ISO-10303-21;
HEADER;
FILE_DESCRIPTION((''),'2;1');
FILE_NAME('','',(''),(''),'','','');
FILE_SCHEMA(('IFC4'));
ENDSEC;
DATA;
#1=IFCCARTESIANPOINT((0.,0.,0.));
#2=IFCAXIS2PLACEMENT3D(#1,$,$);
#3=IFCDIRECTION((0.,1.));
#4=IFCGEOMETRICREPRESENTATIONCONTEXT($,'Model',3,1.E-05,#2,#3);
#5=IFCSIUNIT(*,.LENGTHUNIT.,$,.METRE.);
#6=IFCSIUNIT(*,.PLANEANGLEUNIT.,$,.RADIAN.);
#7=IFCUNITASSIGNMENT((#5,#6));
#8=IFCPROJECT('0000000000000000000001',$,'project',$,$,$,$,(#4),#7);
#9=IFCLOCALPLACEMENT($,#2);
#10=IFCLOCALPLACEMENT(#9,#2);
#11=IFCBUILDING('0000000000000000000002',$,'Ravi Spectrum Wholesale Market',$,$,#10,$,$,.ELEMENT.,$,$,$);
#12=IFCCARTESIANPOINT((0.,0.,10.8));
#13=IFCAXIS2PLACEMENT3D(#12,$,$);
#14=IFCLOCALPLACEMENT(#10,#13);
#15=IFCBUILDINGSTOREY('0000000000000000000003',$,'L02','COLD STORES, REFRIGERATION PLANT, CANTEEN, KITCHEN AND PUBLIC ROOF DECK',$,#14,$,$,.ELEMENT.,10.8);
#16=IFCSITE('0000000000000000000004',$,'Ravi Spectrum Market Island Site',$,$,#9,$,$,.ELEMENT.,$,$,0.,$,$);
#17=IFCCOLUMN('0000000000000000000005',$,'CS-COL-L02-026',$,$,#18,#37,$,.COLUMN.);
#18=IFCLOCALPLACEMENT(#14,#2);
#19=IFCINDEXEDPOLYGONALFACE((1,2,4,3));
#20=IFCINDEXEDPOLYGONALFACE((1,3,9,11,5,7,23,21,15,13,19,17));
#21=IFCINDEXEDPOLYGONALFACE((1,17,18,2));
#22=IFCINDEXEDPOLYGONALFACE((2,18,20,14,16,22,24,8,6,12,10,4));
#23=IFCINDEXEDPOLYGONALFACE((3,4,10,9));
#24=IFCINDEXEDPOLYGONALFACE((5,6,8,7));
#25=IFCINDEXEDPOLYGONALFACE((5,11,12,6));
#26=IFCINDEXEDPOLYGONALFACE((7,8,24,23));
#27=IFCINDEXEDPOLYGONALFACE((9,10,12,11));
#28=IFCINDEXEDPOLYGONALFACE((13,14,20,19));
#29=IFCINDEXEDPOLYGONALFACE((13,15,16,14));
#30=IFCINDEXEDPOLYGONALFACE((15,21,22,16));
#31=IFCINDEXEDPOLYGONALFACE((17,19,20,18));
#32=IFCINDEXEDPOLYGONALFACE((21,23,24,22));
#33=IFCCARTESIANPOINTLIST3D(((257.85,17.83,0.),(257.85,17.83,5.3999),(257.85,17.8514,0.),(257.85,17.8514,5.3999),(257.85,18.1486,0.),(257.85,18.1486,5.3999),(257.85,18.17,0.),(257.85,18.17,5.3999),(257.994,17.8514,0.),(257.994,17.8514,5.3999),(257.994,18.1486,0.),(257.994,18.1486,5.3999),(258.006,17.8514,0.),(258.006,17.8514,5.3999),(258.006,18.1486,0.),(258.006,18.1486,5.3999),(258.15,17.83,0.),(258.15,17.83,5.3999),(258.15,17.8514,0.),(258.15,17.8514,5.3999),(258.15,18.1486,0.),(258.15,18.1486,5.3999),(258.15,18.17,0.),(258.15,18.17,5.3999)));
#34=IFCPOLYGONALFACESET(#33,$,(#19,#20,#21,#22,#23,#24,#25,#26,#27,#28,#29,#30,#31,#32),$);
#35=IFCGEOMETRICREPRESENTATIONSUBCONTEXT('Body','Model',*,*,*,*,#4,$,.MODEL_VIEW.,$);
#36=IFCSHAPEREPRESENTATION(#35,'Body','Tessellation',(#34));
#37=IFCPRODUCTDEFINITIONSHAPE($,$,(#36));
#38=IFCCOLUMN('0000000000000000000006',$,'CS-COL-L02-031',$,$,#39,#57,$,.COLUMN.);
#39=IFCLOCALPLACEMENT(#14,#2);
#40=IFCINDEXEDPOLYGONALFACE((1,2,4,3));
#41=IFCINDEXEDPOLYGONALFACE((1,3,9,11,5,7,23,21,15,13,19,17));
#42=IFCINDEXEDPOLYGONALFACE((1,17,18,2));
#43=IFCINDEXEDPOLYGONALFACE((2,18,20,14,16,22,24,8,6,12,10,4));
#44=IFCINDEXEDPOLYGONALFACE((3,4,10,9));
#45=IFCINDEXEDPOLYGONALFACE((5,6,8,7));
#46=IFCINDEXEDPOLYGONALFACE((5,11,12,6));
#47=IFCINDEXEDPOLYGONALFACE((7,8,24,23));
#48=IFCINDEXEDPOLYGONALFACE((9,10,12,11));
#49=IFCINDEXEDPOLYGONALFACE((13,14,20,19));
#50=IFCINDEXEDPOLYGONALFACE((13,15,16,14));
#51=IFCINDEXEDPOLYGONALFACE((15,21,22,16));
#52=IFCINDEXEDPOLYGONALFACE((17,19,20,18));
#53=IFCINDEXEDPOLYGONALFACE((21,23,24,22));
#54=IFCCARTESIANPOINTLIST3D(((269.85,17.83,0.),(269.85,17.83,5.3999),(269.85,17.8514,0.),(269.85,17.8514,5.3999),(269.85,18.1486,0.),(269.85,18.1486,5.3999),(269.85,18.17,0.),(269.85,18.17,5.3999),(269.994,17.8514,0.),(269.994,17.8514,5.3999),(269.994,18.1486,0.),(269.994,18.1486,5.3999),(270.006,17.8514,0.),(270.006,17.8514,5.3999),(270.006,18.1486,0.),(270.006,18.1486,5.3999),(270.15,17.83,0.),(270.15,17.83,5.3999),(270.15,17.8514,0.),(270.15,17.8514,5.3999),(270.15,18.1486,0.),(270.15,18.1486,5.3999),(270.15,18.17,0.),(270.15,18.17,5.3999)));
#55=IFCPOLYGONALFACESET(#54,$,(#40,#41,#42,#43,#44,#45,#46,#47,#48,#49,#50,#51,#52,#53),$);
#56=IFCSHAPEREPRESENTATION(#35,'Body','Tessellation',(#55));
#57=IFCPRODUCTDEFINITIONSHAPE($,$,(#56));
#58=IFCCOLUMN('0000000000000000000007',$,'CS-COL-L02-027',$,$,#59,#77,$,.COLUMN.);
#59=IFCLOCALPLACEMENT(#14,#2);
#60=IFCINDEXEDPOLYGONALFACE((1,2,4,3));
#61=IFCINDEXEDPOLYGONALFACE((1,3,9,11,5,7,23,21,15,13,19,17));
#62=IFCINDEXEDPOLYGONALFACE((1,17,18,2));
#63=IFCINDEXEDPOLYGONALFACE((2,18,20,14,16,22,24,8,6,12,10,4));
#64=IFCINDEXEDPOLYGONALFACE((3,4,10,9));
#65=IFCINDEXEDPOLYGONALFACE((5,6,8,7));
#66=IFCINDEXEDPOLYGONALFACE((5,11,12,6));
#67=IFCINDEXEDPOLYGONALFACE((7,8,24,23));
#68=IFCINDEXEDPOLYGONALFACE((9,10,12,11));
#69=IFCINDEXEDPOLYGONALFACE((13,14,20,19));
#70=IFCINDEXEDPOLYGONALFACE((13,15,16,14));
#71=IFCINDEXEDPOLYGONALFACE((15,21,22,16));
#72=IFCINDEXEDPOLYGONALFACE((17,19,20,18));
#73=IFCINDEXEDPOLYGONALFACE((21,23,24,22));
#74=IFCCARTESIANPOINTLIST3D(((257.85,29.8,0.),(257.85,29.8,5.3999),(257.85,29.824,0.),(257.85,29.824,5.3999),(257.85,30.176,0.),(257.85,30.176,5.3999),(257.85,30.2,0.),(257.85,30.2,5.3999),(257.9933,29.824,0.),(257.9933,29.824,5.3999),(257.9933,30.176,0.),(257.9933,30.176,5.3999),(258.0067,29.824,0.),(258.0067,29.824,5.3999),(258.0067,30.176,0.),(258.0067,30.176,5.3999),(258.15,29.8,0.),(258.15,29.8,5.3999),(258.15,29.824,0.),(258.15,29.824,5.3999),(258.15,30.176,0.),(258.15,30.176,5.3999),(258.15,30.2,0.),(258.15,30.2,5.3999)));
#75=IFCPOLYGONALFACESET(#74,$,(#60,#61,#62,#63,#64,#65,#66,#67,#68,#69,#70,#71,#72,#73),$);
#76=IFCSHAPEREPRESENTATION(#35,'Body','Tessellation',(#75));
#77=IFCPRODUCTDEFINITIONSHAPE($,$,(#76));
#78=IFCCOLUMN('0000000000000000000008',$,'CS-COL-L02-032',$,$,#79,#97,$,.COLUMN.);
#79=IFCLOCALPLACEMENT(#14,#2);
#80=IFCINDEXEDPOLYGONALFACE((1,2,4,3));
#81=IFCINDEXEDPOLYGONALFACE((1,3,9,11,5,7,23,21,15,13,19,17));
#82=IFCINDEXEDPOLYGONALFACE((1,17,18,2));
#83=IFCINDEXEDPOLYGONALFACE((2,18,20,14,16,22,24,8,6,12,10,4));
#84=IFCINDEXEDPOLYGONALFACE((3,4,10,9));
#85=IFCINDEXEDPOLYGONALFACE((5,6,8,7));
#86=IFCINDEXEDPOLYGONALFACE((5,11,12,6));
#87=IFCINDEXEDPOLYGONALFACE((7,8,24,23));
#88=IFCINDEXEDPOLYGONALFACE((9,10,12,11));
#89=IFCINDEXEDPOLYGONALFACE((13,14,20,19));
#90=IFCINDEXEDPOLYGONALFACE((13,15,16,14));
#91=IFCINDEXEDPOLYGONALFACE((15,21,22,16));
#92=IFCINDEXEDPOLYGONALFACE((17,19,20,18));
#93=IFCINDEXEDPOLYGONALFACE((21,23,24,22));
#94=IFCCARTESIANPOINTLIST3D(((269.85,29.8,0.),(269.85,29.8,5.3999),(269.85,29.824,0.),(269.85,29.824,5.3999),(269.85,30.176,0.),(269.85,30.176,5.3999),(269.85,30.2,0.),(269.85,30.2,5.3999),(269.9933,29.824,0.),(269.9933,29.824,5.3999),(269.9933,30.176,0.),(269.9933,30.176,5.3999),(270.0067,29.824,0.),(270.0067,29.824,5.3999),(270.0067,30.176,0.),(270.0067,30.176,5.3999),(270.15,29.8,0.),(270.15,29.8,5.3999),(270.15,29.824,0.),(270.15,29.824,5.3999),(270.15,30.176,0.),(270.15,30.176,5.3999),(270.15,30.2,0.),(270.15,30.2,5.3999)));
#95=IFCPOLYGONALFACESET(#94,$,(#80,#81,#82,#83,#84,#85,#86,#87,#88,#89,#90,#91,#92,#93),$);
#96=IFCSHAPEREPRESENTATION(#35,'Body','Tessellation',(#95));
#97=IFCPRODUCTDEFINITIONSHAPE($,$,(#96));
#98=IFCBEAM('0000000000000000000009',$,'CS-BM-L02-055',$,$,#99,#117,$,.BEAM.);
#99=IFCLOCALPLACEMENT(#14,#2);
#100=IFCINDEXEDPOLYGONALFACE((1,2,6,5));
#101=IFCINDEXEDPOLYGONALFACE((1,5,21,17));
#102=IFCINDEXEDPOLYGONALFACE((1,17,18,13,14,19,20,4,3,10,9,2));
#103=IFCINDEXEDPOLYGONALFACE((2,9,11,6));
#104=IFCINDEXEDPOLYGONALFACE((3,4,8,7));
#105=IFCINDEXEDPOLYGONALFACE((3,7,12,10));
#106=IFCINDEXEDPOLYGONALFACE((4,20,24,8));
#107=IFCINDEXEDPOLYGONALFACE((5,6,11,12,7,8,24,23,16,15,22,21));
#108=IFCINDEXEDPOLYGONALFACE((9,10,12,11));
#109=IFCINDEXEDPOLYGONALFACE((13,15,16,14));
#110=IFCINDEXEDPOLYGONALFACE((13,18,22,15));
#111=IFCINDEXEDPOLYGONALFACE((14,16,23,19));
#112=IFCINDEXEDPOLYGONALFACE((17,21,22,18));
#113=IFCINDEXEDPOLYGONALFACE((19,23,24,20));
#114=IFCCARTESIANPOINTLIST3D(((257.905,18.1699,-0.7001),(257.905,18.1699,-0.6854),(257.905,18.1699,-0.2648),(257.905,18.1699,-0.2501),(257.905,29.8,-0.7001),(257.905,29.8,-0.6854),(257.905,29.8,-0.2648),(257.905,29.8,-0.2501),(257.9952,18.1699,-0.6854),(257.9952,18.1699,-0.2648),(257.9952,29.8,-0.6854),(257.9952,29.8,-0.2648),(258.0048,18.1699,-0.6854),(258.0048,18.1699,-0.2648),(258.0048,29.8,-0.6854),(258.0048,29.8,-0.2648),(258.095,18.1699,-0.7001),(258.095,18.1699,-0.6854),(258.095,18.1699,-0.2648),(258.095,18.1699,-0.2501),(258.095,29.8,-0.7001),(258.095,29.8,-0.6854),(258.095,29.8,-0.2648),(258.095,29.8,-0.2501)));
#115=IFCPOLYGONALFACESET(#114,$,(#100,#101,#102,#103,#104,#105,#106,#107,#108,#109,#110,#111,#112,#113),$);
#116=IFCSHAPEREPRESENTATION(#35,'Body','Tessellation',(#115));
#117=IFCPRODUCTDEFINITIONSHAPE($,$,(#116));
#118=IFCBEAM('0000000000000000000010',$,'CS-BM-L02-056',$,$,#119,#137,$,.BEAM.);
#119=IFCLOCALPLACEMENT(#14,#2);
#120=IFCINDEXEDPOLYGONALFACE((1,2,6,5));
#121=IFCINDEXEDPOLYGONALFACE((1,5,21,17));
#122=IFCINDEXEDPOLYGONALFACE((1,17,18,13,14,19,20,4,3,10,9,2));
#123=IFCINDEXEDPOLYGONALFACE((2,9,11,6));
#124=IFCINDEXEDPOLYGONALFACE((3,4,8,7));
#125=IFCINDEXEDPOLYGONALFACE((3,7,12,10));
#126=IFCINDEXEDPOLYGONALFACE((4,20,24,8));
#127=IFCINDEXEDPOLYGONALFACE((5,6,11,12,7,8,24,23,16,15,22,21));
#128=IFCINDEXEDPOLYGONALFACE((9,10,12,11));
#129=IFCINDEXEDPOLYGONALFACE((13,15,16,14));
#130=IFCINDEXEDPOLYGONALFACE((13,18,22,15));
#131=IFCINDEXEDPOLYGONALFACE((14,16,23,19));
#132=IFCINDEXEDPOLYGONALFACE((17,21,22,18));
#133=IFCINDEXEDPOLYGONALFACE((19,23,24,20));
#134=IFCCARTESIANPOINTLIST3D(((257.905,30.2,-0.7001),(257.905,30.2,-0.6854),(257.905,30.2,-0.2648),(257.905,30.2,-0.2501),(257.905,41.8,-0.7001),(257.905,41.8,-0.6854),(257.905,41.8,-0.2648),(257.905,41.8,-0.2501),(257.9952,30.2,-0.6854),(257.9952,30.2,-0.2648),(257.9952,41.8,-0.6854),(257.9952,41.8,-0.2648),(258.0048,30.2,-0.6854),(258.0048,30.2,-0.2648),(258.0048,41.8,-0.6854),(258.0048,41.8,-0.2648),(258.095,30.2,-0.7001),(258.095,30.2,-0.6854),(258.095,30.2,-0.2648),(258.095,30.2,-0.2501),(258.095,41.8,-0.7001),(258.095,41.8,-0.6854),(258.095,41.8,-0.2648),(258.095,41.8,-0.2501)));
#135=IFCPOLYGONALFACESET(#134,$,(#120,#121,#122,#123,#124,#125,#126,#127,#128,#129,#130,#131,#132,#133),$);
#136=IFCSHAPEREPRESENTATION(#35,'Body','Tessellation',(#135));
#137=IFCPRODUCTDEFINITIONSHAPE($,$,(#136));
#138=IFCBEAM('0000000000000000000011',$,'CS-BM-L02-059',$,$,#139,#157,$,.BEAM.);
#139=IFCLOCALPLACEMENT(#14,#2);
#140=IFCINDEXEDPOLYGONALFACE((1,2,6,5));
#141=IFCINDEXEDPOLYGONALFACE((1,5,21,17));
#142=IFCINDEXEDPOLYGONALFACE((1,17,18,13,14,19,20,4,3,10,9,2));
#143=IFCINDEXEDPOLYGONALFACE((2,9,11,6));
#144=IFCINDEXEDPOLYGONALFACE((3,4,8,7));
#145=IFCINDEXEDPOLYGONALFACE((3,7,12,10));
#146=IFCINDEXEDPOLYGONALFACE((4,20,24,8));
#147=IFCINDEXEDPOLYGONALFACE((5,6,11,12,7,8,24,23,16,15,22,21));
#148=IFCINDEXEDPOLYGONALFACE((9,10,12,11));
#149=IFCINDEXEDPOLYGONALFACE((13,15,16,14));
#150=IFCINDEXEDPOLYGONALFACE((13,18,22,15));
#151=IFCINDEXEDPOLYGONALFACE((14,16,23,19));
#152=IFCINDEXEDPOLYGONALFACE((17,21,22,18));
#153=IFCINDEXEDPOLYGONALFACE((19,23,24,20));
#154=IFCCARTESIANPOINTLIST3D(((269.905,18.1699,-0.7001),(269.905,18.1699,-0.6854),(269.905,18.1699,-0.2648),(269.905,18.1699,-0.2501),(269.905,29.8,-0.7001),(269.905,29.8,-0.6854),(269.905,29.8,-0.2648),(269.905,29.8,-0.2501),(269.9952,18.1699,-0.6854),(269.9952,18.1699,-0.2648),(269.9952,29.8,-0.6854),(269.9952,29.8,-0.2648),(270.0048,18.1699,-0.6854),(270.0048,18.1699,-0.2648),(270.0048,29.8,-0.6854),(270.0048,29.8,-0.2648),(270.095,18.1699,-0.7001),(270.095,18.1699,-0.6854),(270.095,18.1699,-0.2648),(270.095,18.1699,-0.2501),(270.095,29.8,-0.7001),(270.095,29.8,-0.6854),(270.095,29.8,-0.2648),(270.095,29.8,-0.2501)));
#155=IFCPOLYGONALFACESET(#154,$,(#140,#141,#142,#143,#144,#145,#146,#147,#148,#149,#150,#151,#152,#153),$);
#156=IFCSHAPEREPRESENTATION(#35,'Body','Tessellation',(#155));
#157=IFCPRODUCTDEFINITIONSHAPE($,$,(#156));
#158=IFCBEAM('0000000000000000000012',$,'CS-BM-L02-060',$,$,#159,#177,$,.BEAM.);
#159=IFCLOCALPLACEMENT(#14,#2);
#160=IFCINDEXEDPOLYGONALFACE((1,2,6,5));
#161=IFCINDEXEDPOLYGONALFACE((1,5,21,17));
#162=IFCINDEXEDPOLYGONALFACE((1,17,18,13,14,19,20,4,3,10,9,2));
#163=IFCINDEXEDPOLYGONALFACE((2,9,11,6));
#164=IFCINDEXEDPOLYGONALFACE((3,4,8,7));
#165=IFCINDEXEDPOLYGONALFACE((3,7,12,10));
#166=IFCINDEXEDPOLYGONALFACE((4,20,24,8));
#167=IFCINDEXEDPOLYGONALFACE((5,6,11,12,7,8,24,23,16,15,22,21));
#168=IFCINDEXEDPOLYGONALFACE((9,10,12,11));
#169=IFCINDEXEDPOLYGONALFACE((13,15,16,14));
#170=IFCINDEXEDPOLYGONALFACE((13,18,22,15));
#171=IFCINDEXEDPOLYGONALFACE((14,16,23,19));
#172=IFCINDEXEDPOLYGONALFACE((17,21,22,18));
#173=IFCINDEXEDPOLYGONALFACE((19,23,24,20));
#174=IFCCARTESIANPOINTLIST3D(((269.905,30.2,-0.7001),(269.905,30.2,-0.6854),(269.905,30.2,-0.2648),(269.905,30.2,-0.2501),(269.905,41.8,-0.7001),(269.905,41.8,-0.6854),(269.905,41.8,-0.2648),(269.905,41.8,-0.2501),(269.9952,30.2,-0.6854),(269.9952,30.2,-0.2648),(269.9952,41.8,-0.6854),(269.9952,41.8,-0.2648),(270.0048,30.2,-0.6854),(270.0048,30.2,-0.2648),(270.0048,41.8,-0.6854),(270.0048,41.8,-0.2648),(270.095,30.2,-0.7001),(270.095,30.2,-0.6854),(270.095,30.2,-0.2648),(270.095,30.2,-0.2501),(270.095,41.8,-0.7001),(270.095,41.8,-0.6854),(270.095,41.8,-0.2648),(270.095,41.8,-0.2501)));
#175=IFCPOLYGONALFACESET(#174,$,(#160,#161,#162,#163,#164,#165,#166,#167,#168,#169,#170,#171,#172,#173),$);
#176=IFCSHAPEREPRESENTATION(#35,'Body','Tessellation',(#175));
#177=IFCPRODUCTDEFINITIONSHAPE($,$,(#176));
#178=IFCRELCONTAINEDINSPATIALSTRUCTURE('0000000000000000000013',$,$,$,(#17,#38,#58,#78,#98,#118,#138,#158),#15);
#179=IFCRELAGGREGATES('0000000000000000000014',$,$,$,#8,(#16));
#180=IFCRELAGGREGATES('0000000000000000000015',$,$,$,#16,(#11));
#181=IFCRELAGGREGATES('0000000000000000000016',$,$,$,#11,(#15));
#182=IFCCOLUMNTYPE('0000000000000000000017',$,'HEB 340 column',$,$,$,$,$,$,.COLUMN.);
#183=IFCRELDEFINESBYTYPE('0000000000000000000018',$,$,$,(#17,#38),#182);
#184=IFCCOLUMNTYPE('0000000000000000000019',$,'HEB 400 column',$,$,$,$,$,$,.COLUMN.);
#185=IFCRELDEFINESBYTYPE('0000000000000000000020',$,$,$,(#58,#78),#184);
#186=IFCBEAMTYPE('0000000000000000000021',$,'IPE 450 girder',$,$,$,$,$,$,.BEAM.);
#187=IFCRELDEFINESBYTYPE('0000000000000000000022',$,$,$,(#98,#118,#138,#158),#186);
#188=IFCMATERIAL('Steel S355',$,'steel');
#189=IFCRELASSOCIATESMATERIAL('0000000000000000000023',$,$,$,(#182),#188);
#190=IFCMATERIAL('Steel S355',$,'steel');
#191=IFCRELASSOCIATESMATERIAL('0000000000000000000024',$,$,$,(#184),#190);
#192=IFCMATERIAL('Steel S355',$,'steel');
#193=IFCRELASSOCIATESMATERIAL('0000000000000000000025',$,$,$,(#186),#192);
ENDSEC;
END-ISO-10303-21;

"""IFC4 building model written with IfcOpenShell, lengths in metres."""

from ifc_helpers import new_model, si_unit, direction, frame, origin, origin_2d, place, context, subcontext, project, spatial, i_section, extrude, material, material_profile, profile_set, type_object, element, save


model = new_model("IFC4")

# Units and contexts
model_context = context("Model", 3, precision=1e-05, world=origin(), true_north=direction((0.0, 1.0)))
body_context = subcontext(model_context, "Body", "Model", "MODEL_VIEW")
ifc_project = project(units=[si_unit("LENGTHUNIT", "METRE"), si_unit("PLANEANGLEUNIT", "RADIAN")], contexts=[model_context])

# Site, building, storey
site_placement = place(None, origin())
site = spatial("IfcSite", under=ifc_project, at=site_placement, Name="Ravi Spectrum Market Island Site", CompositionType="ELEMENT", RefElevation=0.0)
building_placement = place(site_placement, origin())
building = spatial("IfcBuilding", under=site, at=building_placement, Name="Ravi Spectrum Wholesale Market", CompositionType="ELEMENT")
storey_placement = place(building_placement, frame((0.0, 0.0, 10.8)))
storey = spatial("IfcBuildingStorey", under=building, at=storey_placement, Name="L02", Description="COLD STORES, REFRIGERATION PLANT, CANTEEN, KITCHEN AND PUBLIC ROOF DECK", CompositionType="ELEMENT", Elevation=10.8)

# Columns
ifc_material_1 = material(Name="Steel S355", Category="steel")
ifc_material_profile_1 = material_profile(ifc_material_1, i_section(OverallWidth=0.3, OverallDepth=0.3401, WebThickness=0.012, FlangeThickness=0.0215, at=origin_2d()))
ifc_profile_set_1 = profile_set([ifc_material_profile_1], Name="Steel S355")
column_type_1 = type_object("IfcColumnType", Name="HEB 340 column", PredefinedType="COLUMN", material=ifc_profile_set_1)
for number, where, z_axis, x_axis, name in (
    (1, (258.0, 18.0, 0.0), (0.0, 0.0, 1.0), (1.0, 0.0, 0.0), "CS-COL-L02-026"),
    (2, (270.0, 18.0, 0.0), (0.0, 0.0, 1.0), (1.0, 0.0, 0.0), "CS-COL-L02-031"),
):
    element("IfcColumn", number, at=place(storey_placement, frame(where, z_axis=z_axis, x_axis=x_axis)), inside=storey, type_object=column_type_1, Name=name, PredefinedType="COLUMN", context=body_context, shape_type="SweptSolid", body=[
        extrude(i_section(OverallWidth=0.3, OverallDepth=0.3401, WebThickness=0.012, FlangeThickness=0.0215, at=origin_2d()), origin(), (0.0, 0.0, 1.0), 5.3999),
    ])
ifc_material_2 = material(Name="Steel S355", Category="steel")
ifc_material_profile_2 = material_profile(ifc_material_2, i_section(OverallWidth=0.3, OverallDepth=0.3999, WebThickness=0.0134, FlangeThickness=0.0239, at=origin_2d()))
ifc_profile_set_2 = profile_set([ifc_material_profile_2], Name="Steel S355")
column_type_2 = type_object("IfcColumnType", Name="HEB 400 column", PredefinedType="COLUMN", material=ifc_profile_set_2)
for number, where, z_axis, x_axis, name in (
    (3, (258.0, 30.0, 0.0), (0.0, 0.0, 1.0), (1.0, 0.0, 0.0), "CS-COL-L02-027"),
    (4, (270.0, 30.0, 0.0), (0.0, 0.0, 1.0), (1.0, 0.0, 0.0), "CS-COL-L02-032"),
):
    element("IfcColumn", number, at=place(storey_placement, frame(where, z_axis=z_axis, x_axis=x_axis)), inside=storey, type_object=column_type_2, Name=name, PredefinedType="COLUMN", context=body_context, shape_type="SweptSolid", body=[
        extrude(i_section(OverallWidth=0.3, OverallDepth=0.3999, WebThickness=0.0134, FlangeThickness=0.0239, at=origin_2d()), origin(), (0.0, 0.0, 1.0), 5.3999),
    ])

# Beams
ifc_material_3 = material(Name="Steel S355", Category="steel")
ifc_material_profile_3 = material_profile(ifc_material_3, i_section(OverallWidth=0.1899, OverallDepth=0.45, WebThickness=0.0095, FlangeThickness=0.0146, at=origin_2d()))
ifc_profile_set_3 = profile_set([ifc_material_profile_3], Name="Steel S355")
beam_type_1 = type_object("IfcBeamType", Name="IPE 450 girder", PredefinedType="BEAM", material=ifc_profile_set_3)
beam_1_placement = place(storey_placement, frame((258.0, 18.1699, -0.4751), z_axis=(0.0, 1.0, 0.0), x_axis=(-1.0, 0.0, 0.0)))
element("IfcBeam", 5, at=beam_1_placement, inside=storey, type_object=beam_type_1, Name="CS-BM-L02-055", PredefinedType="BEAM", context=body_context, shape_type="SweptSolid", body=[
    extrude(i_section(OverallWidth=0.1899, OverallDepth=0.45, WebThickness=0.0095, FlangeThickness=0.0146, at=origin_2d()), origin(), (0.0, 0.0, 1.0), 11.6301),
])
beam_2_placement = place(storey_placement, frame((258.0, 30.2, -0.4751), z_axis=(0.0, 1.0, 0.0), x_axis=(-1.0, 0.0, 0.0)))
element("IfcBeam", 6, at=beam_2_placement, inside=storey, type_object=beam_type_1, Name="CS-BM-L02-056", PredefinedType="BEAM", context=body_context, shape_type="SweptSolid", body=[
    extrude(i_section(OverallWidth=0.1899, OverallDepth=0.45, WebThickness=0.0095, FlangeThickness=0.0146, at=origin_2d()), origin(), (0.0, 0.0, 1.0), 11.6001),
])
beam_3_placement = place(storey_placement, frame((270.0, 18.1699, -0.4751), z_axis=(0.0, 1.0, 0.0), x_axis=(-1.0, 0.0, 0.0)))
element("IfcBeam", 7, at=beam_3_placement, inside=storey, type_object=beam_type_1, Name="CS-BM-L02-059", PredefinedType="BEAM", context=body_context, shape_type="SweptSolid", body=[
    extrude(i_section(OverallWidth=0.1899, OverallDepth=0.45, WebThickness=0.0095, FlangeThickness=0.0146, at=origin_2d()), origin(), (0.0, 0.0, 1.0), 11.6301),
])
beam_4_placement = place(storey_placement, frame((270.0, 30.2, -0.4751), z_axis=(0.0, 1.0, 0.0), x_axis=(-1.0, 0.0, 0.0)))
element("IfcBeam", 8, at=beam_4_placement, inside=storey, type_object=beam_type_1, Name="CS-BM-L02-060", PredefinedType="BEAM", context=body_context, shape_type="SweptSolid", body=[
    extrude(i_section(OverallWidth=0.1899, OverallDepth=0.45, WebThickness=0.0095, FlangeThickness=0.0146, at=origin_2d()), origin(), (0.0, 0.0, 1.0), 11.6001),
])

save(model, "model.ifc")
